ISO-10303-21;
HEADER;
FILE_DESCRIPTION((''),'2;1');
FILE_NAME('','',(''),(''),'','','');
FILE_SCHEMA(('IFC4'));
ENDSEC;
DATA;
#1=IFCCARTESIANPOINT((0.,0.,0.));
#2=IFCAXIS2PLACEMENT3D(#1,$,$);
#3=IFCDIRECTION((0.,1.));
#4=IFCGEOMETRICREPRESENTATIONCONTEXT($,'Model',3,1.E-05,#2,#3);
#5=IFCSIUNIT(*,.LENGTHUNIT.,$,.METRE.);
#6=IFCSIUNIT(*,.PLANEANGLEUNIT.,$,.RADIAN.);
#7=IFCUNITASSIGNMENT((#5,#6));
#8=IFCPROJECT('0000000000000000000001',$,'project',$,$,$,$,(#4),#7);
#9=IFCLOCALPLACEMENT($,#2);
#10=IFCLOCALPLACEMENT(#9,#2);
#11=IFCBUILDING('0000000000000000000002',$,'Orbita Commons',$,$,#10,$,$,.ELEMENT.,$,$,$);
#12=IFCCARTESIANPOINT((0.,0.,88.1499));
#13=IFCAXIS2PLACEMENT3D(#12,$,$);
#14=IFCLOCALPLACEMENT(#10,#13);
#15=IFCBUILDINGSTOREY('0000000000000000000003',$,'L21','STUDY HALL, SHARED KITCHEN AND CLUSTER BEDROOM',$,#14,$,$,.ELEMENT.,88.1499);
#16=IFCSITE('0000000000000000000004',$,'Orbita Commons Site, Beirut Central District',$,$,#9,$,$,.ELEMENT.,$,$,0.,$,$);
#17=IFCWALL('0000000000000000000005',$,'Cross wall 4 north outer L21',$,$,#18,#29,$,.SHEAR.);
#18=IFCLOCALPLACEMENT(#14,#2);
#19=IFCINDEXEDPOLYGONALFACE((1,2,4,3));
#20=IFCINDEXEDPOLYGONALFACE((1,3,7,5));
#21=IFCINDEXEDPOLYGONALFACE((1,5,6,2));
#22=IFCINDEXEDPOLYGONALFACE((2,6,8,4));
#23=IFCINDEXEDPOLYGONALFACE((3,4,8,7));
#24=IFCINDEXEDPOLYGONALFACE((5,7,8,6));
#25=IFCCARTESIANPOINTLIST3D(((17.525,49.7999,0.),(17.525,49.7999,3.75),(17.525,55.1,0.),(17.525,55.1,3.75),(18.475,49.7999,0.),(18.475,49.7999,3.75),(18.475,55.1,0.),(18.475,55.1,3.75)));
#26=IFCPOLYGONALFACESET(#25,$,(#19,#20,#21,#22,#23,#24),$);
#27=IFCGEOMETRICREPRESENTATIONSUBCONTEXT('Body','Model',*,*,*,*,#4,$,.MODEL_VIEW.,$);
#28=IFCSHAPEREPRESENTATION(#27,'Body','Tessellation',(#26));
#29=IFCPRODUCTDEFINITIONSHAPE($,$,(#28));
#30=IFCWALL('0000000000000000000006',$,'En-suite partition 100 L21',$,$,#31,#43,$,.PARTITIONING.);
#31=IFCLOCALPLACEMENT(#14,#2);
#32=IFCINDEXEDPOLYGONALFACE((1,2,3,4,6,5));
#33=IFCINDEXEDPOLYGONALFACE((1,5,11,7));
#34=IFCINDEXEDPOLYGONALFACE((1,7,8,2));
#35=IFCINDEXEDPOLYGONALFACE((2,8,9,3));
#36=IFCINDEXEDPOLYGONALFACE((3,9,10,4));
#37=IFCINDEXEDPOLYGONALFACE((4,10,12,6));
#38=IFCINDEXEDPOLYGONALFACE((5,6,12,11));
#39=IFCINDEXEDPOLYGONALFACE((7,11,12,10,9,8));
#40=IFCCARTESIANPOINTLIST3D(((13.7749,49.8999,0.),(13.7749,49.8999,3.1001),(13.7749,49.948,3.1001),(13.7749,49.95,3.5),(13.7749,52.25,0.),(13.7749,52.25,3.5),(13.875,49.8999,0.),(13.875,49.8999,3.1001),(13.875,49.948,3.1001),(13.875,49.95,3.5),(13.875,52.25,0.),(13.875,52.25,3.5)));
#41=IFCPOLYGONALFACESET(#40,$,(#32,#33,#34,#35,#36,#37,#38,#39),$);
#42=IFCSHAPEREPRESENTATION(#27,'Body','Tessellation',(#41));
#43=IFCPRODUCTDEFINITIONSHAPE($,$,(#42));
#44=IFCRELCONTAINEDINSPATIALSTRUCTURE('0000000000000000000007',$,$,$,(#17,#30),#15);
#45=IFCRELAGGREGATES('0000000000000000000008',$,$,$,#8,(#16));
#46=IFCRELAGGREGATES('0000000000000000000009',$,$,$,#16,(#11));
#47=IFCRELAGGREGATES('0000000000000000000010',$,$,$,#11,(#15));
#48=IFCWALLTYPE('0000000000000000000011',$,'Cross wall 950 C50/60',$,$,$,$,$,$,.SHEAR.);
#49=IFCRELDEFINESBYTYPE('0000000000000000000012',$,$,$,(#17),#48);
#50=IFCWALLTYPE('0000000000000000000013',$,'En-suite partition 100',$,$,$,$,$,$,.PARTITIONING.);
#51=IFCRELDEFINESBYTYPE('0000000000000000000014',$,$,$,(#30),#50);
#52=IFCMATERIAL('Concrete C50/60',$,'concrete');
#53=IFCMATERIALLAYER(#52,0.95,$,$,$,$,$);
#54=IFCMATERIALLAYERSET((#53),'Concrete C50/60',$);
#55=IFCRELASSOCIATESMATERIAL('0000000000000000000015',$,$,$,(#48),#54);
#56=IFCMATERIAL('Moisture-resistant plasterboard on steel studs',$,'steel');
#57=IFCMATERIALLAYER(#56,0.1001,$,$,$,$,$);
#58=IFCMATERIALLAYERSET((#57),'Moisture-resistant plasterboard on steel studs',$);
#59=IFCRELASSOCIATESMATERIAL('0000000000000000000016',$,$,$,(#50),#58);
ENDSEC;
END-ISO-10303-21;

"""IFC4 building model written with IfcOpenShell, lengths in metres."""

from ifc_helpers import new_model, si_unit, direction, frame, frame_2d, origin, place, context, subcontext, project, spatial, polyline, rectangle, outline, extrude, material, layer, layer_set, type_object, element, save


model = new_model("IFC4")

# Units and contexts
model_context = context("Model", 3, precision=1e-05, world=origin(), true_north=direction((0.0, 1.0)))
body_context = subcontext(model_context, "Body", "Model", "MODEL_VIEW")
ifc_project = project(units=[si_unit("LENGTHUNIT", "METRE"), si_unit("PLANEANGLEUNIT", "RADIAN")], contexts=[model_context])

# Site, building, storey
site_placement = place(None, origin())
site = spatial("IfcSite", under=ifc_project, at=site_placement, Name="Orbita Commons Site, Beirut Central District", CompositionType="ELEMENT", RefElevation=0.0)
building_placement = place(site_placement, origin())
building = spatial("IfcBuilding", under=site, at=building_placement, Name="Orbita Commons", CompositionType="ELEMENT")
storey_placement = place(building_placement, frame((0.0, 0.0, 88.1499)))
storey = spatial("IfcBuildingStorey", under=building, at=storey_placement, Name="L21", Description="STUDY HALL, SHARED KITCHEN AND CLUSTER BEDROOM", CompositionType="ELEMENT", Elevation=88.1499)

# Walls
ifc_material_1 = material(Name="Concrete C50/60", Category="concrete")
ifc_layer_1 = layer(ifc_material_1, 0.95)
ifc_layer_set_1 = layer_set([ifc_layer_1], Name="Concrete C50/60")
wall_type_1 = type_object("IfcWallType", Name="Cross wall 950 C50/60", PredefinedType="SHEAR", material=ifc_layer_set_1)
wall_1_placement = place(storey_placement, frame((18.0, 49.8, 0.0), z_axis=(0.0, 0.0, 1.0), x_axis=(0.0, 1.0, 0.0)))
element("IfcWall", 1, at=wall_1_placement, inside=storey, type_object=wall_type_1, Name="Cross wall 4 north outer L21", PredefinedType="SHEAR", context=body_context, shape_type="SweptSolid", body=[
    extrude(rectangle(XDim=5.3, YDim=0.95, at=frame_2d((2.6499, 0.0))), origin(), (0.0, 0.0, 1.0), 3.75),
])
ifc_material_2 = material(Name="Moisture-resistant plasterboard on steel studs", Category="steel")
ifc_layer_2 = layer(ifc_material_2, 0.1001)
ifc_layer_set_2 = layer_set([ifc_layer_2], Name="Moisture-resistant plasterboard on steel studs")
wall_type_2 = type_object("IfcWallType", Name="En-suite partition 100", PredefinedType="PARTITIONING", material=ifc_layer_set_2)
wall_2_placement = place(storey_placement, frame((13.825, 52.25, 0.0), z_axis=(0.0, 0.0, 1.0), x_axis=(0.0, -1.0, 0.0)))
element("IfcWall", 2, at=wall_2_placement, inside=storey, type_object=wall_type_2, Name="En-suite partition 100 L21", PredefinedType="PARTITIONING", context=body_context, shape_type="SweptSolid", body=[
    extrude(outline(polyline([(0.0, 0.0), (2.3501, 0.0), (2.3501, 3.1001), (2.302, 3.1001), (2.3, 3.5), (0.0, 3.5), (0.0, 0.0)])), frame((0.0, 0.05, 0.0), z_axis=(0.0, -1.0, 0.0), x_axis=(1.0, 0.0, 0.0)), (0.0, 0.0, 1.0), 0.1001),
])

save(model, "model.ifc")
